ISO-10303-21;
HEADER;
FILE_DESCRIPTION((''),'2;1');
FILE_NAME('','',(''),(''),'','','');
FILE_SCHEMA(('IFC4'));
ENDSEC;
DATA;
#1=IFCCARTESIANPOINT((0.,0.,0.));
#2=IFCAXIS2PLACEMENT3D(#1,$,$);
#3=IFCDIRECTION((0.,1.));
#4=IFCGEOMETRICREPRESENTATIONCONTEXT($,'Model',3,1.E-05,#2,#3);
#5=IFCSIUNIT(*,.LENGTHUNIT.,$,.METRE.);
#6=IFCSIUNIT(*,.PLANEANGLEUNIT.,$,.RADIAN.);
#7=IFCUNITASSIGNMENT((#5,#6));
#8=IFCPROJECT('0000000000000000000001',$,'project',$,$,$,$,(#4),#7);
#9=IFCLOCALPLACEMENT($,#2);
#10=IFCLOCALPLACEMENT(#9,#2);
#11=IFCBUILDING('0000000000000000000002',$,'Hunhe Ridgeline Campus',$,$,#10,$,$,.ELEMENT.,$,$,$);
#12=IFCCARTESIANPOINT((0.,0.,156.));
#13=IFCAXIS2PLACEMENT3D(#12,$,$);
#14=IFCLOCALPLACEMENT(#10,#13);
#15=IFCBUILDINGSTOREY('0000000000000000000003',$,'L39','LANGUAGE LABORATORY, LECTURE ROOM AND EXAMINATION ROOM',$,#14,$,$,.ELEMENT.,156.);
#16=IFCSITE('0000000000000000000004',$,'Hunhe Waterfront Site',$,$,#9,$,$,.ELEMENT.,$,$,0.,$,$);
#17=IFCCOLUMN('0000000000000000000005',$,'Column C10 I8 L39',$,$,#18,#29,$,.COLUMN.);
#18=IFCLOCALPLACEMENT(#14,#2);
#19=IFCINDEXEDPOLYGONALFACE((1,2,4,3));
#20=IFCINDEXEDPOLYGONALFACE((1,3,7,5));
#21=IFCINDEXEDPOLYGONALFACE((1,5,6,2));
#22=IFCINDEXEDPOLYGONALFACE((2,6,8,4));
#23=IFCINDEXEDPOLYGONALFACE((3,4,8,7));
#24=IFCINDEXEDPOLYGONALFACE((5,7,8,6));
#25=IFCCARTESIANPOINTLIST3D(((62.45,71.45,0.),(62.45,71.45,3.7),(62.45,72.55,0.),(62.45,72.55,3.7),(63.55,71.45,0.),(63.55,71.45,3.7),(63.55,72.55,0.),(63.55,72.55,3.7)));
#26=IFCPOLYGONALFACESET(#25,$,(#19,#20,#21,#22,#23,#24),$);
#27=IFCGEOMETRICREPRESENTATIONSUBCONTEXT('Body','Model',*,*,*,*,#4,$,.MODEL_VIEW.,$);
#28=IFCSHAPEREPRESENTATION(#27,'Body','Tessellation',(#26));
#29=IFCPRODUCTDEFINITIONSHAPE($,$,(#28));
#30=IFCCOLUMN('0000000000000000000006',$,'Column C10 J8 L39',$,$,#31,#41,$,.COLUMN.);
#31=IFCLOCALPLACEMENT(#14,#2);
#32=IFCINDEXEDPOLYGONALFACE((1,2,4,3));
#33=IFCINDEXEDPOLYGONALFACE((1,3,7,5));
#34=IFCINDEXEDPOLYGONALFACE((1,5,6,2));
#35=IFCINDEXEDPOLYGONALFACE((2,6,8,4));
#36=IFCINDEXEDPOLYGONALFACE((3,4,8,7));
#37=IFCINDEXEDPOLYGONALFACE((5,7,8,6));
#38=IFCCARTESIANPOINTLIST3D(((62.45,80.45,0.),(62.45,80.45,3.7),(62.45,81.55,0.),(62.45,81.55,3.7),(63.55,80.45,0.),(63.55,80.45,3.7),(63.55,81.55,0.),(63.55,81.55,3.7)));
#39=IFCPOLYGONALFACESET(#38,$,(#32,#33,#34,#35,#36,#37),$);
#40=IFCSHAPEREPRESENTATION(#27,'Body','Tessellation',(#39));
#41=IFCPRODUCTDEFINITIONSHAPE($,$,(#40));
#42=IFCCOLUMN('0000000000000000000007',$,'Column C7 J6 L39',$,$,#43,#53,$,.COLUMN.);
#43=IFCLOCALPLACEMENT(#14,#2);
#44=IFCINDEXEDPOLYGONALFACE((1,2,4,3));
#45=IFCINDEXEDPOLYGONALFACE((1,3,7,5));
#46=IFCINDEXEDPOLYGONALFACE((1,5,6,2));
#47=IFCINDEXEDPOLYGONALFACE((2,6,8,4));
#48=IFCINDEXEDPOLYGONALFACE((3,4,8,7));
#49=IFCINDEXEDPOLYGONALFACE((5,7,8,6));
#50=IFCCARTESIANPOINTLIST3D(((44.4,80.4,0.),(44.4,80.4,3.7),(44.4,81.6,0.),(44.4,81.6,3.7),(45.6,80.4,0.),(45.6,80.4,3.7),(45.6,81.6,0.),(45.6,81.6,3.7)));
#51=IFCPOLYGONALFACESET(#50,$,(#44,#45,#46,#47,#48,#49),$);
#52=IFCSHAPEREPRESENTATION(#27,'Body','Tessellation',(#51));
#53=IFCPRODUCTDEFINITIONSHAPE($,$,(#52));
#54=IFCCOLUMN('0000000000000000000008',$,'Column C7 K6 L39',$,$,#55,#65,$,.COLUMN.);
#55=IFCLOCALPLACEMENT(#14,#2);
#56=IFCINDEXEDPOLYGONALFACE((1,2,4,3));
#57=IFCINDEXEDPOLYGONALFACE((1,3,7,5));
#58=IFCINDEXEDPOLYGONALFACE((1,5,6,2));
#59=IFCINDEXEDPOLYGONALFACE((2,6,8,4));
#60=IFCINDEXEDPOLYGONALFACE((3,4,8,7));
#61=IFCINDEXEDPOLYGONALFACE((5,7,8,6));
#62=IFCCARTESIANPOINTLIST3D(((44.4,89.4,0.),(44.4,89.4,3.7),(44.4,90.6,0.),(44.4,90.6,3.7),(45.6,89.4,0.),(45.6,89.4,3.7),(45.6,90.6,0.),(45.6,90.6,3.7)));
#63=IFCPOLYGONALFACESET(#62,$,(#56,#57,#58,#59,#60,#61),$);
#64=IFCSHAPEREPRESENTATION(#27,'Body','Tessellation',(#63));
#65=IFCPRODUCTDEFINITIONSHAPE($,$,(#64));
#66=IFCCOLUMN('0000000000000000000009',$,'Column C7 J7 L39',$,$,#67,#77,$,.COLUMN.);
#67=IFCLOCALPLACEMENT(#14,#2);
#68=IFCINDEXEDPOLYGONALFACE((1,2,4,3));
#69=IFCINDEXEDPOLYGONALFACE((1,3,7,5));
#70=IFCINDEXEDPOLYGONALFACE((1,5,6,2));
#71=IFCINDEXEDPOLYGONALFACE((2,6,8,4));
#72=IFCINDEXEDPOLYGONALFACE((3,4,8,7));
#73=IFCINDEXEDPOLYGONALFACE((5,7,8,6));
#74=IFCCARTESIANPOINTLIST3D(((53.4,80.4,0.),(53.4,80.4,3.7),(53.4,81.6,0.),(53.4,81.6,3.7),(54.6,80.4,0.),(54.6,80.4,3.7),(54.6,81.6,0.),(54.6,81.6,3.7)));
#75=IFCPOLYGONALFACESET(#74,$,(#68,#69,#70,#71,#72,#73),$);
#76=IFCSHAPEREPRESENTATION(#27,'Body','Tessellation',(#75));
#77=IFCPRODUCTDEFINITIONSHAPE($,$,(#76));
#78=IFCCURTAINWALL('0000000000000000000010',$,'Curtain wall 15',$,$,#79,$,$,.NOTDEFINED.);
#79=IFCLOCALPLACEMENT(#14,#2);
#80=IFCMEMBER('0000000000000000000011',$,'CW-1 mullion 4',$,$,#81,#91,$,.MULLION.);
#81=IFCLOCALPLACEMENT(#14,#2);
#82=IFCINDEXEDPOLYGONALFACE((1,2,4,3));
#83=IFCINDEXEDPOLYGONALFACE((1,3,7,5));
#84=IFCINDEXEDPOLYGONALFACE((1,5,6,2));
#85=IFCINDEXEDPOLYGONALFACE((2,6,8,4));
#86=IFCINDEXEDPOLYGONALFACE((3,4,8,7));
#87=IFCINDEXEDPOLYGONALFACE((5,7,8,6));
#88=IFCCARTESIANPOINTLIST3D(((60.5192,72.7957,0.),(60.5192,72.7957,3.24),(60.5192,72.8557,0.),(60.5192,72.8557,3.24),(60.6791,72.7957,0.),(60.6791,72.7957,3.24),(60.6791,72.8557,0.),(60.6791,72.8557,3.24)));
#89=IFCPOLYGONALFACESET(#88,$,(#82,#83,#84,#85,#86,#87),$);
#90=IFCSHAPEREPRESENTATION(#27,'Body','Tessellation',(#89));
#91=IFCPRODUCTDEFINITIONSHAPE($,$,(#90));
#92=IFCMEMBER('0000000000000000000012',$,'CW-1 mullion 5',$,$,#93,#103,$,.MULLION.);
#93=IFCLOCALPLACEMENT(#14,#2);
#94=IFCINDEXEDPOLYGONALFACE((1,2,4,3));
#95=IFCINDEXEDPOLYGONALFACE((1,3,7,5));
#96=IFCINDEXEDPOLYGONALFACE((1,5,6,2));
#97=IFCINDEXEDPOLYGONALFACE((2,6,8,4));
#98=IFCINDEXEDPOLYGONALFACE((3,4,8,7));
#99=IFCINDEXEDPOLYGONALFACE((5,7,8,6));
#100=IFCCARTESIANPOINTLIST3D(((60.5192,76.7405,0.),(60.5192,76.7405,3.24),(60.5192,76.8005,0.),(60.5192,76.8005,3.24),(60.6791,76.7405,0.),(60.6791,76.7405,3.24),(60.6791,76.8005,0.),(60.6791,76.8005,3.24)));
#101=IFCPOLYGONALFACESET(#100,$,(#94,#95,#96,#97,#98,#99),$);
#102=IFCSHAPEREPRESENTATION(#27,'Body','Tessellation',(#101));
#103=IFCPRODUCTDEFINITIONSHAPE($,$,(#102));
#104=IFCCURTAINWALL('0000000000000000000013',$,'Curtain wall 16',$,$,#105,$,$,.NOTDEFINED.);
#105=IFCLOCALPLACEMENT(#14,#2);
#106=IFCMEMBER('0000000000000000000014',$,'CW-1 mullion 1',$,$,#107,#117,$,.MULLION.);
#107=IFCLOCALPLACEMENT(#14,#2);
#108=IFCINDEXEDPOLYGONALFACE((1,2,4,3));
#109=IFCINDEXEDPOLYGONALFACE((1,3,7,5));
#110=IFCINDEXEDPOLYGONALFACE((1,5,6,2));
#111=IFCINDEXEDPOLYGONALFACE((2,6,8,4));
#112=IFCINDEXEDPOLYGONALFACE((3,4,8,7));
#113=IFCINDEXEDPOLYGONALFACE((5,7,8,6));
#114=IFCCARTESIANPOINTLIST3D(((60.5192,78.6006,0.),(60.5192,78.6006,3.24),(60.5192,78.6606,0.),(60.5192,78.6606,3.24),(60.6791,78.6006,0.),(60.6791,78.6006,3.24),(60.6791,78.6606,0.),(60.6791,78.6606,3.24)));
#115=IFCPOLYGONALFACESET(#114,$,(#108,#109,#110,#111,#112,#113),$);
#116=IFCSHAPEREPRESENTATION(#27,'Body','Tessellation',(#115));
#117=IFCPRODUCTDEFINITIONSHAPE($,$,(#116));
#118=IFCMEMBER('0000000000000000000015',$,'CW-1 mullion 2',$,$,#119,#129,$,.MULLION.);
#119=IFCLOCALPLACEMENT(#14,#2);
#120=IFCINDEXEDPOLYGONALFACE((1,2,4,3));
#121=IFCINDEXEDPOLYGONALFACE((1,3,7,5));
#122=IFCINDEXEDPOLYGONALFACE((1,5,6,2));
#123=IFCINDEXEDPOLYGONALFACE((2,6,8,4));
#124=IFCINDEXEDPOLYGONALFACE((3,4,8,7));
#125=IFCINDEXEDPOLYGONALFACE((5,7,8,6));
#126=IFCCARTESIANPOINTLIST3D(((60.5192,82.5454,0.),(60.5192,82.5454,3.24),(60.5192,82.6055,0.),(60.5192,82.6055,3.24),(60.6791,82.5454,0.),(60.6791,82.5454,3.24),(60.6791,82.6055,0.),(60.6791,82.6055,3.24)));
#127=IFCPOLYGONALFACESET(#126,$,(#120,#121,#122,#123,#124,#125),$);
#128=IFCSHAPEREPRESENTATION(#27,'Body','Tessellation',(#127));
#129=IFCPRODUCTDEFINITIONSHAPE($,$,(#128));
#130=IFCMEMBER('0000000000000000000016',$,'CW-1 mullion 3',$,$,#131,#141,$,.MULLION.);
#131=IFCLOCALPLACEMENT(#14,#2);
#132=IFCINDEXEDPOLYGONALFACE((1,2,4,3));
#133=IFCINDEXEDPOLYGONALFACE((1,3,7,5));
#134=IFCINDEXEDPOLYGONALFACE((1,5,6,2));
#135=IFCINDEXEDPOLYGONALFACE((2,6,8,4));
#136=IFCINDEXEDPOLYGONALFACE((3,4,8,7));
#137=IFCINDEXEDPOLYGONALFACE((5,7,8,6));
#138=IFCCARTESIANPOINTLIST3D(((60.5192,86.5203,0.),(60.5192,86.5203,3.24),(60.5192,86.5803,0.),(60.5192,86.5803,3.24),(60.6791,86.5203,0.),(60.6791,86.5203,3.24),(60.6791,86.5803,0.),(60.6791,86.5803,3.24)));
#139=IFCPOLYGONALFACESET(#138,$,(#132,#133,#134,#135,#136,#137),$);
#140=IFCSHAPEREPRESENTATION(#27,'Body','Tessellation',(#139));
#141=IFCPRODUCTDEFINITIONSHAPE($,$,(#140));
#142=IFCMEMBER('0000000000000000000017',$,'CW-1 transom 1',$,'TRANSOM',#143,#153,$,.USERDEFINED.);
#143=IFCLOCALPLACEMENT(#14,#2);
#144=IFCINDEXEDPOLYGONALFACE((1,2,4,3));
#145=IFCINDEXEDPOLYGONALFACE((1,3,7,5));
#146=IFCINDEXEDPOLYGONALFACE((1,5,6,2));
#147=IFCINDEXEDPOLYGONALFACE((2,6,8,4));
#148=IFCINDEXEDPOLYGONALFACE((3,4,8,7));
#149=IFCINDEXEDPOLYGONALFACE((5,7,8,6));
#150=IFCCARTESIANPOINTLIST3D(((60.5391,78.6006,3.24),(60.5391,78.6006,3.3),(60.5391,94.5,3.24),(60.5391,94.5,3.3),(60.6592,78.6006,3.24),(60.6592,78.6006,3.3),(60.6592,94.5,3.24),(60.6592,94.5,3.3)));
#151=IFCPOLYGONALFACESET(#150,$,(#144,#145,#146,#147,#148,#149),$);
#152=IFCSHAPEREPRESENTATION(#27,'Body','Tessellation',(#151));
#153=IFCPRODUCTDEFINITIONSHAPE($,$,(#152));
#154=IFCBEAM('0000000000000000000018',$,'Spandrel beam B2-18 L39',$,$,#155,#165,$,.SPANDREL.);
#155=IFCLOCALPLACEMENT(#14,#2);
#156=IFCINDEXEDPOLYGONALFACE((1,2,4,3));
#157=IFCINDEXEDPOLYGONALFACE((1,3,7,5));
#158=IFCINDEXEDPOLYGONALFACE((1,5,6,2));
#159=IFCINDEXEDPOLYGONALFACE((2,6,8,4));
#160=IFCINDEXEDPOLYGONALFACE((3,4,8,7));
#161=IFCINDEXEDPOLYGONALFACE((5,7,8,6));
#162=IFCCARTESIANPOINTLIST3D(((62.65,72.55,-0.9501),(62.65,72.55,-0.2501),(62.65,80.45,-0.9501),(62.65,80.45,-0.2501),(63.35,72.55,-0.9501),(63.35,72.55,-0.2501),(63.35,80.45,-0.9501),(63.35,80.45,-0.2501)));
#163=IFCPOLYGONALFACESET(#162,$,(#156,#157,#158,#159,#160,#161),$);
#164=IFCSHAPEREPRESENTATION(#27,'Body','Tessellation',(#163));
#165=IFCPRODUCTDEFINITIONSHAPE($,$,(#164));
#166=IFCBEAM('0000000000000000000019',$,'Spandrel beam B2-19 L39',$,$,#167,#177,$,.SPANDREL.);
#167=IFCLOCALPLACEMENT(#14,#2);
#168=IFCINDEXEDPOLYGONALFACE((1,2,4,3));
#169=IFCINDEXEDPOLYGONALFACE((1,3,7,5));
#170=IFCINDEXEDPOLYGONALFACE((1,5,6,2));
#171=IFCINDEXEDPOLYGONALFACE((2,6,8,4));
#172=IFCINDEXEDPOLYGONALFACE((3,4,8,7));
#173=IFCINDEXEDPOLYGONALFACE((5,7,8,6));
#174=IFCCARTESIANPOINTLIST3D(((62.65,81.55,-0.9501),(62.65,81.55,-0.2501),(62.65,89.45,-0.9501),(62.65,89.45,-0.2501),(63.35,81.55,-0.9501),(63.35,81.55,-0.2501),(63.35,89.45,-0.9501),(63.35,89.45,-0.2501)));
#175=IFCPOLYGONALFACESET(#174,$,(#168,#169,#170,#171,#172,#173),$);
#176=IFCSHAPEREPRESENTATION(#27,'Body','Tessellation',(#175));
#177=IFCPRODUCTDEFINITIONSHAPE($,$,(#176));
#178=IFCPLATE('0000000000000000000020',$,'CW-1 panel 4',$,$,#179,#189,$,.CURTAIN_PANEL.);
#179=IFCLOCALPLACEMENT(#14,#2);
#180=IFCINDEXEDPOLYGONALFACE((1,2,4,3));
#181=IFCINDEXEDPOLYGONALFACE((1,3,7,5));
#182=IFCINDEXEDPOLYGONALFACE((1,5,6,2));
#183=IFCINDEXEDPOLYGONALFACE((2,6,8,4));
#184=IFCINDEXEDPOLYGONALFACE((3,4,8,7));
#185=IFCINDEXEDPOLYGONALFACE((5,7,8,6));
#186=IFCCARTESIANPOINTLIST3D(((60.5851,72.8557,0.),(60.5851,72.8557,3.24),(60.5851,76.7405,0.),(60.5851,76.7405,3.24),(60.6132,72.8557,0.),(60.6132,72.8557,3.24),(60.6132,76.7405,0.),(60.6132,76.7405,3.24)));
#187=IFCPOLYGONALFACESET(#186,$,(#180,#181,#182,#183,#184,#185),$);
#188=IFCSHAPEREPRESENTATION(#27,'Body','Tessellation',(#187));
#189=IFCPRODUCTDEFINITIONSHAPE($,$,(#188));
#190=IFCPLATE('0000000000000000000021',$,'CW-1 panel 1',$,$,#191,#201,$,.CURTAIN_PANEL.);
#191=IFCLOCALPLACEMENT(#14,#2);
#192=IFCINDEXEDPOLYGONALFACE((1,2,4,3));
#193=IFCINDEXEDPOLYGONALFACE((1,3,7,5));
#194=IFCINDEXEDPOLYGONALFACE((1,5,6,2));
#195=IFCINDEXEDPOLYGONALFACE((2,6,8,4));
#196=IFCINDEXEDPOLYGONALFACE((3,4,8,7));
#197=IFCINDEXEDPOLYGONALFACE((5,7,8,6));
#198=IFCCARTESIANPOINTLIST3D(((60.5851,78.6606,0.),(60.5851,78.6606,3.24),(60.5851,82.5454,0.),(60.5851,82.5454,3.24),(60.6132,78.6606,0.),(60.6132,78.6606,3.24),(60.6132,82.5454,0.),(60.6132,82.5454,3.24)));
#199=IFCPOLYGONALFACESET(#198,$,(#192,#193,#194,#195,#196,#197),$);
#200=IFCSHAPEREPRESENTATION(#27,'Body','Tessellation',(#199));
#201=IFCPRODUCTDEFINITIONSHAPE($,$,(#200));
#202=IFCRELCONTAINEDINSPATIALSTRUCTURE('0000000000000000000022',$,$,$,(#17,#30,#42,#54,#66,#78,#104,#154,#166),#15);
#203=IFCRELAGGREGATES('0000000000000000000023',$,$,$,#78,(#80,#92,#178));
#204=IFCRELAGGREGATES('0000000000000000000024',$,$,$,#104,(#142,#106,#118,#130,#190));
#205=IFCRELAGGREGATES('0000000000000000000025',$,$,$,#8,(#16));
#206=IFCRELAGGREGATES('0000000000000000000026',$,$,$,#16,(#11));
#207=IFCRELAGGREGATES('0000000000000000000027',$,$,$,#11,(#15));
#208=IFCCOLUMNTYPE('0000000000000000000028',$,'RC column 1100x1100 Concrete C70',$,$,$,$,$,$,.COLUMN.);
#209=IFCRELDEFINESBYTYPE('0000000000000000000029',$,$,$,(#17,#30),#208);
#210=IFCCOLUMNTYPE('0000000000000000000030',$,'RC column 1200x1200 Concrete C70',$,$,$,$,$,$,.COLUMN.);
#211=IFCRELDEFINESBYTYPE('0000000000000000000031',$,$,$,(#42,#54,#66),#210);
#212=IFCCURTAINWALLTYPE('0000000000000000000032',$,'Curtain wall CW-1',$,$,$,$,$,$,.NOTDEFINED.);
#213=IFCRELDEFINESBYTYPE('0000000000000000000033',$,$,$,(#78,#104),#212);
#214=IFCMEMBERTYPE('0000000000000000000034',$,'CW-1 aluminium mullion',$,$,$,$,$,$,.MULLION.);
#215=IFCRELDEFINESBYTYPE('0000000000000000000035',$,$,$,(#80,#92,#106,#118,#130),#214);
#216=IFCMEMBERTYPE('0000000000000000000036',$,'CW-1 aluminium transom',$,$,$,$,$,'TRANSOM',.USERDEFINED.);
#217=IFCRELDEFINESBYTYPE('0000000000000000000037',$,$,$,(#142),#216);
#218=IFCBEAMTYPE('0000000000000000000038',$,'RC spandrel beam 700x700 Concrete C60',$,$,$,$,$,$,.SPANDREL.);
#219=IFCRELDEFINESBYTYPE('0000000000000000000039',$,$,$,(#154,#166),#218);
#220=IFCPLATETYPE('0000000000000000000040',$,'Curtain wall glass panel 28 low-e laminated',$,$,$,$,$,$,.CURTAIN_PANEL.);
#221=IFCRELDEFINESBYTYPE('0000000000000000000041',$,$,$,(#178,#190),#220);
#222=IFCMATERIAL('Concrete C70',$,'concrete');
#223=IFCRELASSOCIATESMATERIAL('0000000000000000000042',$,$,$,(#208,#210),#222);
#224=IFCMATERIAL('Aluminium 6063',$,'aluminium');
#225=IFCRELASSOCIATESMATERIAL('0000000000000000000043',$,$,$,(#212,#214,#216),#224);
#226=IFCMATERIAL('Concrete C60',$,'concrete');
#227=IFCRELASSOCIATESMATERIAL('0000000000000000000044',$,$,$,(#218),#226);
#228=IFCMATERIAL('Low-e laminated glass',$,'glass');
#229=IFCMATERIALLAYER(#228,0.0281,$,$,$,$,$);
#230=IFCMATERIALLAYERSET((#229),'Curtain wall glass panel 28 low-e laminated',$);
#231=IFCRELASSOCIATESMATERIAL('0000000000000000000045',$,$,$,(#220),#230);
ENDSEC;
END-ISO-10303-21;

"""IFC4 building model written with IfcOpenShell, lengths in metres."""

from ifc_helpers import new_model, si_unit, direction, frame, origin, origin_2d, place, context, subcontext, project, spatial, rectangle, extrude, material, layer, layer_set, material_profile, profile_set, type_object, element, aggregate, save


model = new_model("IFC4")

# Units and contexts
model_context = context("Model", 3, precision=1e-05, world=origin(), true_north=direction((0.0, 1.0)))
body_context = subcontext(model_context, "Body", "Model", "MODEL_VIEW")
ifc_project = project(units=[si_unit("LENGTHUNIT", "METRE"), si_unit("PLANEANGLEUNIT", "RADIAN")], contexts=[model_context])

# Site, building, storey
site_placement = place(None, origin())
site = spatial("IfcSite", under=ifc_project, at=site_placement, Name="Hunhe Waterfront Site", CompositionType="ELEMENT", RefElevation=0.0)
building_placement = place(site_placement, origin())
building = spatial("IfcBuilding", under=site, at=building_placement, Name="Hunhe Ridgeline Campus", CompositionType="ELEMENT")
storey_placement = place(building_placement, frame((0.0, 0.0, 156.0)))
storey = spatial("IfcBuildingStorey", under=building, at=storey_placement, Name="L39", Description="LANGUAGE LABORATORY, LECTURE ROOM AND EXAMINATION ROOM", CompositionType="ELEMENT", Elevation=156.0)

# Columns
ifc_material_1 = material(Name="Concrete C70", Category="concrete")
ifc_material_profile_1 = material_profile(ifc_material_1, rectangle(XDim=1.1001, YDim=1.1001, at=origin_2d()))
ifc_profile_set_1 = profile_set([ifc_material_profile_1], Name="Concrete C70")
column_type_1 = type_object("IfcColumnType", Name="RC column 1100x1100 Concrete C70", PredefinedType="COLUMN", material=ifc_profile_set_1)
for number, where, z_axis, x_axis, name in (
    (1, (63.0, 72.0, 0.0), (0.0, 0.0, 1.0), (1.0, 0.0, 0.0), "Column C10 I8 L39"),
    (2, (63.0, 81.0, 0.0), (0.0, 0.0, 1.0), (1.0, 0.0, 0.0), "Column C10 J8 L39"),
):
    element("IfcColumn", number, at=place(storey_placement, frame(where, z_axis=z_axis, x_axis=x_axis)), inside=storey, type_object=column_type_1, Name=name, PredefinedType="COLUMN", context=body_context, shape_type="SweptSolid", body=[
        extrude(rectangle(XDim=1.1001, YDim=1.1001, at=origin_2d()), origin(), (0.0, 0.0, 1.0), 3.7),
    ])
ifc_material_profile_2 = material_profile(ifc_material_1, rectangle(XDim=1.2, YDim=1.2, at=origin_2d()))
ifc_profile_set_2 = profile_set([ifc_material_profile_2], Name="Concrete C70")
column_type_2 = type_object("IfcColumnType", Name="RC column 1200x1200 Concrete C70", PredefinedType="COLUMN", material=ifc_profile_set_2)
for number, where, z_axis, x_axis, name in (
    (3, (45.0, 81.0, 0.0), (0.0, 0.0, 1.0), (1.0, 0.0, 0.0), "Column C7 J6 L39"),
    (4, (45.0, 90.0, 0.0), (0.0, 0.0, 1.0), (1.0, 0.0, 0.0), "Column C7 K6 L39"),
    (5, (54.0, 81.0, 0.0), (0.0, 0.0, 1.0), (1.0, 0.0, 0.0), "Column C7 J7 L39"),
):
    element("IfcColumn", number, at=place(storey_placement, frame(where, z_axis=z_axis, x_axis=x_axis)), inside=storey, type_object=column_type_2, Name=name, PredefinedType="COLUMN", context=body_context, shape_type="SweptSolid", body=[
        extrude(rectangle(XDim=1.2, YDim=1.2, at=origin_2d()), origin(), (0.0, 0.0, 1.0), 3.7),
    ])

# Curtain walls, members
ifc_material_2 = material(Name="Aluminium 6063", Category="aluminium")
curtain_wall_type = type_object("IfcCurtainWallType", Name="Curtain wall CW-1", PredefinedType="NOTDEFINED", material=ifc_material_2)
curtain_wall_1_placement = place(storey_placement, origin())
curtain_wall_1 = element("IfcCurtainWall", 6, at=curtain_wall_1_placement, inside=storey, type_object=curtain_wall_type, Name="Curtain wall 15", PredefinedType="NOTDEFINED")
ifc_material_profile_3 = material_profile(ifc_material_2, rectangle(XDim=0.1599, YDim=0.0601, at=origin_2d()))
ifc_profile_set_3 = profile_set([ifc_material_profile_3], Name="Aluminium 6063")
member_type_1 = type_object("IfcMemberType", Name="CW-1 aluminium mullion", PredefinedType="MULLION", material=ifc_profile_set_3)
member_1_placement = place(storey_placement, frame((60.5991, 72.8257, 0.0), z_axis=(0.0, 0.0, 1.0), x_axis=(-1.0, 0.0, 0.0)))
member_1 = element("IfcMember", 7, at=member_1_placement, type_object=member_type_1, Name="CW-1 mullion 4", PredefinedType="MULLION", context=body_context, shape_type="SweptSolid", body=[
    extrude(rectangle(XDim=0.1599, YDim=0.0601, at=origin_2d()), origin(), (0.0, 0.0, 1.0), 3.24),
])
member_2_placement = place(storey_placement, frame((60.5991, 76.7705, 0.0), z_axis=(0.0, 0.0, 1.0), x_axis=(-1.0, 0.0, 0.0)))
member_2 = element("IfcMember", 8, at=member_2_placement, type_object=member_type_1, Name="CW-1 mullion 5", PredefinedType="MULLION", context=body_context, shape_type="SweptSolid", body=[
    extrude(rectangle(XDim=0.1599, YDim=0.0601, at=origin_2d()), origin(), (0.0, 0.0, 1.0), 3.24),
])
curtain_wall_2_placement = place(storey_placement, origin())
curtain_wall_2 = element("IfcCurtainWall", 9, at=curtain_wall_2_placement, inside=storey, type_object=curtain_wall_type, Name="Curtain wall 16", PredefinedType="NOTDEFINED")
member_3_placement = place(storey_placement, frame((60.5991, 78.6306, 0.0), z_axis=(0.0, 0.0, 1.0), x_axis=(-1.0, 0.0, 0.0)))
member_3 = element("IfcMember", 10, at=member_3_placement, type_object=member_type_1, Name="CW-1 mullion 1", PredefinedType="MULLION", context=body_context, shape_type="SweptSolid", body=[
    extrude(rectangle(XDim=0.1599, YDim=0.0601, at=origin_2d()), origin(), (0.0, 0.0, 1.0), 3.24),
])
member_4_placement = place(storey_placement, frame((60.5991, 82.5754, 0.0), z_axis=(0.0, 0.0, 1.0), x_axis=(-1.0, 0.0, 0.0)))
member_4 = element("IfcMember", 11, at=member_4_placement, type_object=member_type_1, Name="CW-1 mullion 2", PredefinedType="MULLION", context=body_context, shape_type="SweptSolid", body=[
    extrude(rectangle(XDim=0.1599, YDim=0.0601, at=origin_2d()), origin(), (0.0, 0.0, 1.0), 3.24),
])
member_5_placement = place(storey_placement, frame((60.5991, 86.5503, 0.0), z_axis=(0.0, 0.0, 1.0), x_axis=(-1.0, 0.0, 0.0)))
member_5 = element("IfcMember", 12, at=member_5_placement, type_object=member_type_1, Name="CW-1 mullion 3", PredefinedType="MULLION", context=body_context, shape_type="SweptSolid", body=[
    extrude(rectangle(XDim=0.1599, YDim=0.0601, at=origin_2d()), origin(), (0.0, 0.0, 1.0), 3.24),
])
ifc_material_profile_4 = material_profile(ifc_material_2, rectangle(XDim=0.1201, YDim=0.0601, at=origin_2d()))
ifc_profile_set_4 = profile_set([ifc_material_profile_4], Name="Aluminium 6063")
member_type_2 = type_object("IfcMemberType", Name="CW-1 aluminium transom", ElementType="TRANSOM", PredefinedType="USERDEFINED", material=ifc_profile_set_4)
member_6_placement = place(storey_placement, frame((60.5991, 78.6006, 3.27), z_axis=(0.0, 1.0, 0.0), x_axis=(-1.0, 0.0, 0.0)))
member_6 = element("IfcMember", 13, at=member_6_placement, type_object=member_type_2, Name="CW-1 transom 1", ObjectType="TRANSOM", PredefinedType="USERDEFINED", context=body_context, shape_type="SweptSolid", body=[
    extrude(rectangle(XDim=0.1201, YDim=0.0601, at=origin_2d()), origin(), (0.0, 0.0, 1.0), 15.8994),
])

# Beams
ifc_material_3 = material(Name="Concrete C60", Category="concrete")
ifc_material_profile_5 = material_profile(ifc_material_3, rectangle(XDim=0.7, YDim=0.7, at=origin_2d()))
ifc_profile_set_5 = profile_set([ifc_material_profile_5], Name="Concrete C60")
beam_type = type_object("IfcBeamType", Name="RC spandrel beam 700x700 Concrete C60", PredefinedType="SPANDREL", material=ifc_profile_set_5)
for number, where, z_axis, x_axis, name in (
    (14, (63.0, 72.55, -0.6001), (0.0, 1.0, 0.0), (-1.0, 0.0, 0.0), "Spandrel beam B2-18 L39"),
    (15, (63.0, 81.55, -0.6001), (0.0, 1.0, 0.0), (-1.0, 0.0, 0.0), "Spandrel beam B2-19 L39"),
):
    element("IfcBeam", number, at=place(storey_placement, frame(where, z_axis=z_axis, x_axis=x_axis)), inside=storey, type_object=beam_type, Name=name, PredefinedType="SPANDREL", context=body_context, shape_type="SweptSolid", body=[
        extrude(rectangle(XDim=0.7, YDim=0.7, at=origin_2d()), origin(), (0.0, 0.0, 1.0), 7.8999),
    ])

# Plates
ifc_material_4 = material(Name="Low-e laminated glass", Category="glass")
ifc_layer_1 = layer(ifc_material_4, 0.0281)
ifc_layer_set_1 = layer_set([ifc_layer_1], Name="Curtain wall glass panel 28 low-e laminated")
plate_type = type_object("IfcPlateType", Name="Curtain wall glass panel 28 low-e laminated", PredefinedType="CURTAIN_PANEL", material=ifc_layer_set_1)
plate_1_placement = place(storey_placement, frame((60.5991, 74.7981, 0.0), z_axis=(0.0, 0.0, 1.0), x_axis=(0.0, 1.0, 0.0)))
plate_1 = element("IfcPlate", 16, at=plate_1_placement, type_object=plate_type, Name="CW-1 panel 4", PredefinedType="CURTAIN_PANEL", context=body_context, shape_type="SweptSolid", body=[
    extrude(rectangle(XDim=3.8848, YDim=0.0281, at=origin_2d()), origin(), (0.0, 0.0, 1.0), 3.24),
])
aggregate(curtain_wall_1, [member_1, member_2, plate_1])
plate_2_placement = place(storey_placement, frame((60.5991, 80.603, 0.0), z_axis=(0.0, 0.0, 1.0), x_axis=(0.0, 1.0, 0.0)))
plate_2 = element("IfcPlate", 17, at=plate_2_placement, type_object=plate_type, Name="CW-1 panel 1", PredefinedType="CURTAIN_PANEL", context=body_context, shape_type="SweptSolid", body=[
    extrude(rectangle(XDim=3.8848, YDim=0.0281, at=origin_2d()), origin(), (0.0, 0.0, 1.0), 3.24),
])
aggregate(curtain_wall_2, [member_6, member_3, member_4, member_5, plate_2])

save(model, "model.ifc")
